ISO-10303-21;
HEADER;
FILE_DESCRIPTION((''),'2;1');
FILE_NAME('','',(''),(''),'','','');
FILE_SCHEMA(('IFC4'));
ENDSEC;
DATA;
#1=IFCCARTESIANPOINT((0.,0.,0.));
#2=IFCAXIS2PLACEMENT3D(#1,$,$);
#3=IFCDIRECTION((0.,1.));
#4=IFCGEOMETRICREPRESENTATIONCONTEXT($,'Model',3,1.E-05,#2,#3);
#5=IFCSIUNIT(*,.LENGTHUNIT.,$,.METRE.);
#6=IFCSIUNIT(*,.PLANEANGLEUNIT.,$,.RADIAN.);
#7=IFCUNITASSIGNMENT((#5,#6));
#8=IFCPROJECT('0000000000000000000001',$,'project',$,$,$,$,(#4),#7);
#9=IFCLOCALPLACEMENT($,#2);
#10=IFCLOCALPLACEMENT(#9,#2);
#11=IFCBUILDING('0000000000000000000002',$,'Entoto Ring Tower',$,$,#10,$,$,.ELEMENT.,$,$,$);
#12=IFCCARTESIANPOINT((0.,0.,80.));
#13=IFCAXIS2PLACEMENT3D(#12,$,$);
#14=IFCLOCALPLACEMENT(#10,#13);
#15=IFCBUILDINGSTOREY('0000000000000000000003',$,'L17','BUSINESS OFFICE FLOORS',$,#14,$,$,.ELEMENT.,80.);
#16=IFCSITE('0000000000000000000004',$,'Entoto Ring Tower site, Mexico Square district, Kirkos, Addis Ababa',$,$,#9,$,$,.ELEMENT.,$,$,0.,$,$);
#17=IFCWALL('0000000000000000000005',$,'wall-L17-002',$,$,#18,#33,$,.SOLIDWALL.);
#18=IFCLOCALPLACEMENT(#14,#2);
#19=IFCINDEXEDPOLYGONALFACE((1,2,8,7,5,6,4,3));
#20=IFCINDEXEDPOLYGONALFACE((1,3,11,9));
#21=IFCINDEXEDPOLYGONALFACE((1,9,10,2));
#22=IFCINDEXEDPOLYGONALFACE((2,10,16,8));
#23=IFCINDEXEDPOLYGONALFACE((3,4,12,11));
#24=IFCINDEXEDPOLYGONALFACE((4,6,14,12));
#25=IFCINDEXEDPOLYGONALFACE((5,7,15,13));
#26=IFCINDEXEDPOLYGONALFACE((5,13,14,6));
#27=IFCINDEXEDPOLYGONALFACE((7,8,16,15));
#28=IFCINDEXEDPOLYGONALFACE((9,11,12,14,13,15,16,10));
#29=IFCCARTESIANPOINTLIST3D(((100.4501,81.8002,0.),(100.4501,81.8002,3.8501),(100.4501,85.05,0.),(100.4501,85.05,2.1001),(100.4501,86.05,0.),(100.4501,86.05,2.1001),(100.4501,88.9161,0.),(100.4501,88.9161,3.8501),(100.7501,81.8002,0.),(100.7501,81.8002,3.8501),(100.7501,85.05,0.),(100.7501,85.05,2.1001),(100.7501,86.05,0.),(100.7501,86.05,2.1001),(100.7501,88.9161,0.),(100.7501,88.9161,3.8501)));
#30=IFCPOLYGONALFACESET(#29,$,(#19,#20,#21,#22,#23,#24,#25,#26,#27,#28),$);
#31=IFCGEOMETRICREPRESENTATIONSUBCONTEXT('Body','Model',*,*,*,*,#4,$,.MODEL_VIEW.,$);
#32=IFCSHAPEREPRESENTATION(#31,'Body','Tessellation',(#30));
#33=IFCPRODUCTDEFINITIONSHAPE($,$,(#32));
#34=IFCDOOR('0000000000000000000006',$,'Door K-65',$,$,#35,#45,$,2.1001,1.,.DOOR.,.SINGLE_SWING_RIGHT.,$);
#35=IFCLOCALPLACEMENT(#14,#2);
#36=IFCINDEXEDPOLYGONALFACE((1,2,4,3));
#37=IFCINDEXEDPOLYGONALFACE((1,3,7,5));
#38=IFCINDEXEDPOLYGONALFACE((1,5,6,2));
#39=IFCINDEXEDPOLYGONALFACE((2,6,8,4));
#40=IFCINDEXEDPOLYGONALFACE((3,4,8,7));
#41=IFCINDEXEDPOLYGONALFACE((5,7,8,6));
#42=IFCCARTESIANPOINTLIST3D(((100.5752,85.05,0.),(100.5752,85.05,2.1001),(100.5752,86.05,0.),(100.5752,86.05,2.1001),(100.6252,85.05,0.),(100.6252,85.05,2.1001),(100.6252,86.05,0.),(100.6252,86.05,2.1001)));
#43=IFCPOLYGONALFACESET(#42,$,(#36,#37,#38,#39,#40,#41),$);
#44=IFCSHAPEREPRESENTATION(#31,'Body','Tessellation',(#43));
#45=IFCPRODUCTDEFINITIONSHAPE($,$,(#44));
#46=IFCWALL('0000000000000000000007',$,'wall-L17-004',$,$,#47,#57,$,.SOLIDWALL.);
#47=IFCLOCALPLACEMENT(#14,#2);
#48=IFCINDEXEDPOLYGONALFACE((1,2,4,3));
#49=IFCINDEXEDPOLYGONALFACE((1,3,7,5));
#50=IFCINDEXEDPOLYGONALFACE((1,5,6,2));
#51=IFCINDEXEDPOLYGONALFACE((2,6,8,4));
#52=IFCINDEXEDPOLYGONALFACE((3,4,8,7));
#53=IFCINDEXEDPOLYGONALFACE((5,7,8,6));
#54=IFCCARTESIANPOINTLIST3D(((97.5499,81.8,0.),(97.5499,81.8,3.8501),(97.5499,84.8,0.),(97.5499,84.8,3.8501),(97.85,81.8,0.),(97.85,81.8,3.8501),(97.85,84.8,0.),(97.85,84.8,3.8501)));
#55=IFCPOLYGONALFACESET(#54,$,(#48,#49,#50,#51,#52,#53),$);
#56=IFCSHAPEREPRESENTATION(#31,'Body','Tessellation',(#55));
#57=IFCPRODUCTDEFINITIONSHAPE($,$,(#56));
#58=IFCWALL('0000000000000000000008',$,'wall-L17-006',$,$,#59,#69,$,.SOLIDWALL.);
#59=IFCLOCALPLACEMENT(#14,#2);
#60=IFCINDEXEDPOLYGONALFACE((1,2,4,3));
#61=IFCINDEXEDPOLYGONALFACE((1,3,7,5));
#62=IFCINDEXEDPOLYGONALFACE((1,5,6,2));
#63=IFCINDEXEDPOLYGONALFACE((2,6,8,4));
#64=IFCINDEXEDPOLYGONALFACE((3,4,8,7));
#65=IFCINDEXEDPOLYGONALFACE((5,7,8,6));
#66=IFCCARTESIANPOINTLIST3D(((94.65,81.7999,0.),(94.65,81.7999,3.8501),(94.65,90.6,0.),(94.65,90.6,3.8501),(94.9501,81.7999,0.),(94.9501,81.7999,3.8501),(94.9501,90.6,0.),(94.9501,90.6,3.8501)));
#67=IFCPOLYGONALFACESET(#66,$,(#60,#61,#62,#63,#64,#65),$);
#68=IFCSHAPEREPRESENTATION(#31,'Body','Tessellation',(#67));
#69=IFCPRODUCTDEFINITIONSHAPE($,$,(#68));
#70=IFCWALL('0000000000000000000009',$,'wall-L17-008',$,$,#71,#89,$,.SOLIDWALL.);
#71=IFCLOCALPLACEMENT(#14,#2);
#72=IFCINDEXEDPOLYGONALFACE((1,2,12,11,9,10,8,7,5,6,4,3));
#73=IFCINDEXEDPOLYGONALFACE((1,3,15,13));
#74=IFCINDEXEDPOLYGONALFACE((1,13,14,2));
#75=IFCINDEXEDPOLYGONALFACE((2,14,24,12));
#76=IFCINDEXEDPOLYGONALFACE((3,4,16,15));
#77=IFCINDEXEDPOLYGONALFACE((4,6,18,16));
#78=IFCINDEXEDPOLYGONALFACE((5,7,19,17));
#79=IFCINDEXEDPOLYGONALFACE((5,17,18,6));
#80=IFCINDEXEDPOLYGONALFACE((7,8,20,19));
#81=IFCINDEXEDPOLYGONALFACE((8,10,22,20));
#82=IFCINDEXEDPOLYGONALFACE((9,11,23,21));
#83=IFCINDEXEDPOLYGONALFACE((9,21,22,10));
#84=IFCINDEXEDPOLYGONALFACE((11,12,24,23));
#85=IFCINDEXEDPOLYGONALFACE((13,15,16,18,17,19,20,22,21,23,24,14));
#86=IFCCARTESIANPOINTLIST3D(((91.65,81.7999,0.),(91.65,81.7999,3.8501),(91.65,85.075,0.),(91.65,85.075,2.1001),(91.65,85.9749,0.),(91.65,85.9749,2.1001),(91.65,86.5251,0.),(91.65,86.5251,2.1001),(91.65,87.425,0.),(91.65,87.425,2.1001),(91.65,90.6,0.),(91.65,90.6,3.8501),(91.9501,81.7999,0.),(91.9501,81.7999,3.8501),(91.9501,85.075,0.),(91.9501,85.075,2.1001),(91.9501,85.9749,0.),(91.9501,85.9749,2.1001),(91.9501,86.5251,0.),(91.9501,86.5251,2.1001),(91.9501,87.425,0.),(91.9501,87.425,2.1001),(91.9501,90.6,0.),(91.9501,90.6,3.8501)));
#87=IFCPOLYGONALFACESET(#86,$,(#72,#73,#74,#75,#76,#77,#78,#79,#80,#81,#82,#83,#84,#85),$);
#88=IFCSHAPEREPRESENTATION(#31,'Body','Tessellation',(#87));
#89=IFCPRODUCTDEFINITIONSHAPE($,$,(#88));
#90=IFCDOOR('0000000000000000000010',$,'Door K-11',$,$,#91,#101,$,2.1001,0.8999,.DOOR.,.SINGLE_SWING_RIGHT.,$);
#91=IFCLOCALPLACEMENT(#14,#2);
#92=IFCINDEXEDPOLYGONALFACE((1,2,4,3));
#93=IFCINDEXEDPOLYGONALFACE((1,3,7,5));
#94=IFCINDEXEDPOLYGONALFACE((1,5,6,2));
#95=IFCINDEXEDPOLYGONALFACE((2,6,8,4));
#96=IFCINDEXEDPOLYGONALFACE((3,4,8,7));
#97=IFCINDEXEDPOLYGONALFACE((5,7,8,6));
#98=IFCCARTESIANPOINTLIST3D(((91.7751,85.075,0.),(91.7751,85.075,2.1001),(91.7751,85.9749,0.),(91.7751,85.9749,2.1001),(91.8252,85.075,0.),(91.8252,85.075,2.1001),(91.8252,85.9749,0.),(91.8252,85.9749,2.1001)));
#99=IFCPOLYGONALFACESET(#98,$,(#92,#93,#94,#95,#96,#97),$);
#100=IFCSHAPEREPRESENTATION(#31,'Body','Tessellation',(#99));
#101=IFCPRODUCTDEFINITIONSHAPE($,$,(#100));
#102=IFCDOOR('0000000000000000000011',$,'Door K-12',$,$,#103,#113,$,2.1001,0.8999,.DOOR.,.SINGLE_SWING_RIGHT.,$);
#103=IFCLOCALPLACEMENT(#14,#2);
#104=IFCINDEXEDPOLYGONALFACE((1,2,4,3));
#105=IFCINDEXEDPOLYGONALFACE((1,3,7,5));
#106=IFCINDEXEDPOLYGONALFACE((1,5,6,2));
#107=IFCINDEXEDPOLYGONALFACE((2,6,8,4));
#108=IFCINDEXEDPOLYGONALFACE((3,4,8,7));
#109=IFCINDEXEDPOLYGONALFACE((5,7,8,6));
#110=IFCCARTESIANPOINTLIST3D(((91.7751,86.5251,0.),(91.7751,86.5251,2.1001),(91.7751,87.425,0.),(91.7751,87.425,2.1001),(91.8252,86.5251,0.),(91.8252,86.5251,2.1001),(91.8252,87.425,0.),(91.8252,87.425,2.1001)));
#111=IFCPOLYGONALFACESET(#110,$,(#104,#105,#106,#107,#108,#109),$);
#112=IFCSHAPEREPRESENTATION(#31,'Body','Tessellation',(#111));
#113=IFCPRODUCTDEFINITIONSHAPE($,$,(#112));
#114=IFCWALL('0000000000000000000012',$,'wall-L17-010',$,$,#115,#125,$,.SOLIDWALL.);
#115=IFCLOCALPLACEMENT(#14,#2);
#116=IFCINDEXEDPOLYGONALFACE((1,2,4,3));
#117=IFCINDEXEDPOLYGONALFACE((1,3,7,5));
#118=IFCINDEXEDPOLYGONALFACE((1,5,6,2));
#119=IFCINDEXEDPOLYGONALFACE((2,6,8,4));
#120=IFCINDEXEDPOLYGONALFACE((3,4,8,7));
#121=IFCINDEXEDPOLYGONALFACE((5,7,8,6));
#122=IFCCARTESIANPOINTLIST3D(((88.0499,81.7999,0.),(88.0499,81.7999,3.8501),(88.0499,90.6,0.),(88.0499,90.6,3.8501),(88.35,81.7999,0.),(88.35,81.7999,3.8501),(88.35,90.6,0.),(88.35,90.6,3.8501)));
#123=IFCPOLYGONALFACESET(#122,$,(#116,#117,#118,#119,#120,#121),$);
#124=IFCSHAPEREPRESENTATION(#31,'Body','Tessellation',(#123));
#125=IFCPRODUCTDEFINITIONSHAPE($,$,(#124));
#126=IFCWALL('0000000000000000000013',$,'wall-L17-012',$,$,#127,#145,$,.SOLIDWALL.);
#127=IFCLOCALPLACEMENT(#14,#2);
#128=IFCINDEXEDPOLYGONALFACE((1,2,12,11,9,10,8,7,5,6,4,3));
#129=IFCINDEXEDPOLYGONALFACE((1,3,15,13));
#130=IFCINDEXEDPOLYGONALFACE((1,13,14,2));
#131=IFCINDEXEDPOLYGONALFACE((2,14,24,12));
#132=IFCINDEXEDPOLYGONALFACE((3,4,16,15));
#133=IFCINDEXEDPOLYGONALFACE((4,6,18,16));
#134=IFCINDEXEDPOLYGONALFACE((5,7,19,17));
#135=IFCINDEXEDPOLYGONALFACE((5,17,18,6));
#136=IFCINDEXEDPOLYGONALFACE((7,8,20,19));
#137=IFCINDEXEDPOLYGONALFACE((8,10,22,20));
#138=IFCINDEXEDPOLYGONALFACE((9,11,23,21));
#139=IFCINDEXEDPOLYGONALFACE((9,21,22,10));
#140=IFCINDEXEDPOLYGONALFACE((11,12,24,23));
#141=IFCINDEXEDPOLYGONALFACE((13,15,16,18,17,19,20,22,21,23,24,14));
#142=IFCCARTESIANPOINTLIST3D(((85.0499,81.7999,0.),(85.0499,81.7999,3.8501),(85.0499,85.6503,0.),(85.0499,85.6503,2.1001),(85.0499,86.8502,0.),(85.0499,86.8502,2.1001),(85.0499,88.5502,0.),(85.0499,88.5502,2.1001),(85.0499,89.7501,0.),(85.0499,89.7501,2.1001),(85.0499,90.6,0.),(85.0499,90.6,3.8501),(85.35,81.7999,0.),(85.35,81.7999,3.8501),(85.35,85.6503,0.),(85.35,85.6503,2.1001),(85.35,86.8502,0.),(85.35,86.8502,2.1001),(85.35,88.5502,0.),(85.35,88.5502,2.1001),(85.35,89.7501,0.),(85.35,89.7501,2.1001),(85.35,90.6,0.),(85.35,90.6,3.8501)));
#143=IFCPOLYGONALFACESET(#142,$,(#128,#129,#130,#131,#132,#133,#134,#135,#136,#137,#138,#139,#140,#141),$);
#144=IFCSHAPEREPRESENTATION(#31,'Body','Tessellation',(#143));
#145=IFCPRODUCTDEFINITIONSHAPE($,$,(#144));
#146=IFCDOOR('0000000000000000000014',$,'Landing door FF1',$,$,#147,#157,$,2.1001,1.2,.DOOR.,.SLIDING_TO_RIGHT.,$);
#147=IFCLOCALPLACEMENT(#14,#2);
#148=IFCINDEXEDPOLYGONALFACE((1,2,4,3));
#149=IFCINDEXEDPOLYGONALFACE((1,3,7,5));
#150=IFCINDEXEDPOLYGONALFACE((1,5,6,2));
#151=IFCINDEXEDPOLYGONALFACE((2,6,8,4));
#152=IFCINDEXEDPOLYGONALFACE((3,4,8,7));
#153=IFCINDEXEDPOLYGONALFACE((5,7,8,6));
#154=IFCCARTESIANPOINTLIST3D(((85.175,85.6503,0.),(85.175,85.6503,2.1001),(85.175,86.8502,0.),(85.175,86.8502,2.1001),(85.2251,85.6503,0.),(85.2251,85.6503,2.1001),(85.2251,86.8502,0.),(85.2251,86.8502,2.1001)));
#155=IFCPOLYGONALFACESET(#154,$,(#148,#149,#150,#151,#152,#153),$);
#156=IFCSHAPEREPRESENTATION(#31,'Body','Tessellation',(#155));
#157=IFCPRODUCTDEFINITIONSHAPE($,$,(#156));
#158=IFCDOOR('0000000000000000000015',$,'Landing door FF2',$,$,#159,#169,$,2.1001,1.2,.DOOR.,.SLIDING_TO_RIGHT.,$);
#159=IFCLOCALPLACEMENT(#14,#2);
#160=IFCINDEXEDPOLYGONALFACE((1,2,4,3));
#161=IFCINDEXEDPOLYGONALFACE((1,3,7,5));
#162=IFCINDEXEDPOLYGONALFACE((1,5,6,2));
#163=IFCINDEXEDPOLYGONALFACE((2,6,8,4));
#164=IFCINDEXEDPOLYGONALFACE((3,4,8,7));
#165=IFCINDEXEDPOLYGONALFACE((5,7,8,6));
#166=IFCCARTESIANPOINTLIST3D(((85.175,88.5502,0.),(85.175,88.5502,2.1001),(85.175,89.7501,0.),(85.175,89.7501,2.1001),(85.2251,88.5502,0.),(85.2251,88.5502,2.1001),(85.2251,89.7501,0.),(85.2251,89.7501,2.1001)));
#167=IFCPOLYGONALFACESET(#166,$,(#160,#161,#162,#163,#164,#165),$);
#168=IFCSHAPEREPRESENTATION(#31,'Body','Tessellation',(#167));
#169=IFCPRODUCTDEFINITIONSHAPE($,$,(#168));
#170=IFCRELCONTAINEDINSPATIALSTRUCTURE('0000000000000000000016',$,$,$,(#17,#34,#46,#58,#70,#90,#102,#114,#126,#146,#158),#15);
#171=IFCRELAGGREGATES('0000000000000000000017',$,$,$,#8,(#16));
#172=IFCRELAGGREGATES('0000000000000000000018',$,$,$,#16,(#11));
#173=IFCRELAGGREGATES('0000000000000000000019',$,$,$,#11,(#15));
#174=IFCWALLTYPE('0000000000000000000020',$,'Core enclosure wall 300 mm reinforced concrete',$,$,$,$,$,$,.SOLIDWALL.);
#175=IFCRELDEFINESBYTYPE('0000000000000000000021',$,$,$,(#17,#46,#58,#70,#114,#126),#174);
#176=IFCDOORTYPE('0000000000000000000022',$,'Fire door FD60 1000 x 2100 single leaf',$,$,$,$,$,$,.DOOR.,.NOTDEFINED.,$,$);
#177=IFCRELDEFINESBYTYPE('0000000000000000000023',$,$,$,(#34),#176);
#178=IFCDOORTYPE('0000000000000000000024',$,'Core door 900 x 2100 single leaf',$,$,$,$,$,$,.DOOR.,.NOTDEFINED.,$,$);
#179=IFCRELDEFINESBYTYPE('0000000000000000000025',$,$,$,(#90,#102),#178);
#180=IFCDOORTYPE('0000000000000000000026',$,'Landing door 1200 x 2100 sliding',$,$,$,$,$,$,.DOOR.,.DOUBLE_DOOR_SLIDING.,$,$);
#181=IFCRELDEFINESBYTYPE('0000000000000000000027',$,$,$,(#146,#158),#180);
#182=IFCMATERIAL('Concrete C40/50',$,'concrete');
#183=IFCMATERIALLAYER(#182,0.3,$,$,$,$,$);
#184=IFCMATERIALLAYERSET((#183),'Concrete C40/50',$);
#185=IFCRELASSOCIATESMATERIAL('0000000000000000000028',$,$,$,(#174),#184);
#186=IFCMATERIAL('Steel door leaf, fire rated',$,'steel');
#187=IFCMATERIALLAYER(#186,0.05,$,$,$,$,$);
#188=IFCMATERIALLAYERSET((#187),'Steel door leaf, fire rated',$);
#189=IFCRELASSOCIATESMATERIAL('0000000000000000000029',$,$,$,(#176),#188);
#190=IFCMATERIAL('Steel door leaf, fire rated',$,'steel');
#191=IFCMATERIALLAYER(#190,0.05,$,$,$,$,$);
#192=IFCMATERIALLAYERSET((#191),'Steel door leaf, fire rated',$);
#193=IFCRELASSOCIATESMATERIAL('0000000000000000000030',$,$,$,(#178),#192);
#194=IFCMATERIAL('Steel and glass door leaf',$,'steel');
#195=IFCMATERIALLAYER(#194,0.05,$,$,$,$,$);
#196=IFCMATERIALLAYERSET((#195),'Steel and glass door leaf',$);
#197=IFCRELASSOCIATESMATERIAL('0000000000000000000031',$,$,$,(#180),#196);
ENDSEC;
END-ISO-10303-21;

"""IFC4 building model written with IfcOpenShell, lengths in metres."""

from ifc_helpers import new_model, si_unit, direction, frame, frame_2d, origin, place, context, subcontext, project, spatial, rectangle, extrude, material, layer, layer_set, type_object, element, fill, save


model = new_model("IFC4")

# Units and contexts
model_context = context("Model", 3, precision=1e-05, world=origin(), true_north=direction((0.0, 1.0)))
body_context = subcontext(model_context, "Body", "Model", "MODEL_VIEW")
ifc_project = project(units=[si_unit("LENGTHUNIT", "METRE"), si_unit("PLANEANGLEUNIT", "RADIAN")], contexts=[model_context])

# Site, building, storey
site_placement = place(None, origin())
site = spatial("IfcSite", under=ifc_project, at=site_placement, Name="Entoto Ring Tower site, Mexico Square district, Kirkos, Addis Ababa", CompositionType="ELEMENT", RefElevation=0.0)
building_placement = place(site_placement, origin())
building = spatial("IfcBuilding", under=site, at=building_placement, Name="Entoto Ring Tower", CompositionType="ELEMENT")
storey_placement = place(building_placement, frame((0.0, 0.0, 80.0)))
storey = spatial("IfcBuildingStorey", under=building, at=storey_placement, Name="L17", Description="BUSINESS OFFICE FLOORS", CompositionType="ELEMENT", Elevation=80.0)

# Wall, opening, door
ifc_material_1 = material(Name="Concrete C40/50", Category="concrete")
ifc_layer_1 = layer(ifc_material_1, 0.3)
ifc_layer_set_1 = layer_set([ifc_layer_1], Name="Concrete C40/50")
wall_type = type_object("IfcWallType", Name="Core enclosure wall 300 mm reinforced concrete", PredefinedType="SOLIDWALL", material=ifc_layer_set_1)
wall_1_placement = place(storey_placement, frame((100.6001, 81.8, 0.0), z_axis=(0.0, 0.0, 1.0), x_axis=(0.0, 1.0, 0.0)))
wall_1 = element("IfcWall", 1, at=wall_1_placement, inside=storey, type_object=wall_type, Name="wall-L17-002", PredefinedType="SOLIDWALL", context=body_context, shape_type="SweptSolid", body=[
    extrude(rectangle(XDim=7.116, YDim=0.3, at=frame_2d((3.5581, 0.0))), origin(), (0.0, 0.0, 1.0), 3.8501),
])
opening_1_placement = place(wall_1_placement, frame((3.25, 0.0, 0.0)))
opening_1 = element("IfcOpeningElement", 2, at=opening_1_placement, cuts=wall_1, PredefinedType="OPENING", context=body_context, shape_type="SweptSolid", body=[
    extrude(rectangle(XDim=1.0, YDim=2.1001, at=frame_2d((0.5, 1.05))), frame((0.0, 0.1602, 0.0), z_axis=(0.0, -1.0, 0.0), x_axis=(1.0, 0.0, 0.0)), (0.0, 0.0, 1.0), 0.3201),
])
ifc_material_2 = material(Name="Steel door leaf, fire rated", Category="steel")
ifc_layer_2 = layer(ifc_material_2, 0.05)
ifc_layer_set_2 = layer_set([ifc_layer_2], Name="Steel door leaf, fire rated")
door_type_1 = type_object("IfcDoorType", Name="Fire door FD60 1000 x 2100 single leaf", OperationType="NOTDEFINED", PredefinedType="DOOR", material=ifc_layer_set_2)
door_1_placement = place(opening_1_placement, origin())
door_1 = element("IfcDoor", 3, at=door_1_placement, inside=storey, type_object=door_type_1, Name="Door K-65", OperationType="SINGLE_SWING_RIGHT", OverallHeight=2.1001, OverallWidth=1.0, PredefinedType="DOOR", context=body_context, shape_type="SweptSolid", body=[
    extrude(rectangle(XDim=1.0, YDim=2.1001, at=frame_2d((0.5, 1.05))), frame((0.0, 0.0249, 0.0), z_axis=(0.0, -1.0, 0.0), x_axis=(1.0, 0.0, 0.0)), (0.0, 0.0, 1.0), 0.05),
])
fill(opening_1, door_1)

# Walls
wall_2_placement = place(storey_placement, frame((97.7, 81.8, 0.0), z_axis=(0.0, 0.0, 1.0), x_axis=(0.0, 1.0, 0.0)))
element("IfcWall", 4, at=wall_2_placement, inside=storey, type_object=wall_type, Name="wall-L17-004", PredefinedType="SOLIDWALL", context=body_context, shape_type="SweptSolid", body=[
    extrude(rectangle(XDim=3.0, YDim=0.3, at=frame_2d((1.5, 0.0))), origin(), (0.0, 0.0, 1.0), 3.8501),
])
wall_3_placement = place(storey_placement, frame((94.8, 81.8, 0.0), z_axis=(0.0, 0.0, 1.0), x_axis=(0.0, 1.0, 0.0)))
element("IfcWall", 5, at=wall_3_placement, inside=storey, type_object=wall_type, Name="wall-L17-006", PredefinedType="SOLIDWALL", context=body_context, shape_type="SweptSolid", body=[
    extrude(rectangle(XDim=8.8, YDim=0.3, at=frame_2d((4.3999, 0.0))), origin(), (0.0, 0.0, 1.0), 3.8501),
])

# Wall, openings, doors
wall_4_placement = place(storey_placement, frame((91.8, 81.8, 0.0), z_axis=(0.0, 0.0, 1.0), x_axis=(0.0, 1.0, 0.0)))
wall_4 = element("IfcWall", 6, at=wall_4_placement, inside=storey, type_object=wall_type, Name="wall-L17-008", PredefinedType="SOLIDWALL", context=body_context, shape_type="SweptSolid", body=[
    extrude(rectangle(XDim=8.8, YDim=0.3, at=frame_2d((4.3999, 0.0))), origin(), (0.0, 0.0, 1.0), 3.8501),
])
opening_2_placement = place(wall_4_placement, frame((3.2749, 0.0, 0.0)))
opening_2 = element("IfcOpeningElement", 7, at=opening_2_placement, cuts=wall_4, PredefinedType="OPENING", context=body_context, shape_type="SweptSolid", body=[
    extrude(rectangle(XDim=0.8999, YDim=2.1001, at=frame_2d((0.45, 1.05))), frame((0.0, 0.1602, 0.0), z_axis=(0.0, -1.0, 0.0), x_axis=(1.0, 0.0, 0.0)), (0.0, 0.0, 1.0), 0.3201),
])
opening_3_placement = place(wall_4_placement, frame((4.7251, 0.0, 0.0)))
opening_3 = element("IfcOpeningElement", 8, at=opening_3_placement, cuts=wall_4, PredefinedType="OPENING", context=body_context, shape_type="SweptSolid", body=[
    extrude(rectangle(XDim=0.8999, YDim=2.1001, at=frame_2d((0.45, 1.05))), frame((0.0, 0.1602, 0.0), z_axis=(0.0, -1.0, 0.0), x_axis=(1.0, 0.0, 0.0)), (0.0, 0.0, 1.0), 0.3201),
])
ifc_material_3 = material(Name="Steel door leaf, fire rated", Category="steel")
ifc_layer_3 = layer(ifc_material_3, 0.05)
ifc_layer_set_3 = layer_set([ifc_layer_3], Name="Steel door leaf, fire rated")
door_type_2 = type_object("IfcDoorType", Name="Core door 900 x 2100 single leaf", OperationType="NOTDEFINED", PredefinedType="DOOR", material=ifc_layer_set_3)
door_2_placement = place(opening_2_placement, origin())
door_2 = element("IfcDoor", 9, at=door_2_placement, inside=storey, type_object=door_type_2, Name="Door K-11", OperationType="SINGLE_SWING_RIGHT", OverallHeight=2.1001, OverallWidth=0.8999, PredefinedType="DOOR", context=body_context, shape_type="SweptSolid", body=[
    extrude(rectangle(XDim=0.8999, YDim=2.1001, at=frame_2d((0.45, 1.05))), frame((0.0, 0.0249, 0.0), z_axis=(0.0, -1.0, 0.0), x_axis=(1.0, 0.0, 0.0)), (0.0, 0.0, 1.0), 0.05),
])
fill(opening_2, door_2)
door_3_placement = place(opening_3_placement, origin())
door_3 = element("IfcDoor", 10, at=door_3_placement, inside=storey, type_object=door_type_2, Name="Door K-12", OperationType="SINGLE_SWING_RIGHT", OverallHeight=2.1001, OverallWidth=0.8999, PredefinedType="DOOR", context=body_context, shape_type="SweptSolid", body=[
    extrude(rectangle(XDim=0.8999, YDim=2.1001, at=frame_2d((0.45, 1.05))), frame((0.0, 0.0249, 0.0), z_axis=(0.0, -1.0, 0.0), x_axis=(1.0, 0.0, 0.0)), (0.0, 0.0, 1.0), 0.05),
])
fill(opening_3, door_3)

# Wall
wall_5_placement = place(storey_placement, frame((88.2, 81.8, 0.0), z_axis=(0.0, 0.0, 1.0), x_axis=(0.0, 1.0, 0.0)))
element("IfcWall", 11, at=wall_5_placement, inside=storey, type_object=wall_type, Name="wall-L17-010", PredefinedType="SOLIDWALL", context=body_context, shape_type="SweptSolid", body=[
    extrude(rectangle(XDim=8.8, YDim=0.3, at=frame_2d((4.3999, 0.0))), origin(), (0.0, 0.0, 1.0), 3.8501),
])

# Wall, openings, doors
wall_6_placement = place(storey_placement, frame((85.2, 81.8, 0.0), z_axis=(0.0, 0.0, 1.0), x_axis=(0.0, 1.0, 0.0)))
wall_6 = element("IfcWall", 12, at=wall_6_placement, inside=storey, type_object=wall_type, Name="wall-L17-012", PredefinedType="SOLIDWALL", context=body_context, shape_type="SweptSolid", body=[
    extrude(rectangle(XDim=8.8, YDim=0.3, at=frame_2d((4.3999, 0.0))), origin(), (0.0, 0.0, 1.0), 3.8501),
])
opening_4_placement = place(wall_6_placement, frame((3.8501, 0.0, 0.0)))
opening_4 = element("IfcOpeningElement", 13, at=opening_4_placement, cuts=wall_6, PredefinedType="OPENING", context=body_context, shape_type="SweptSolid", body=[
    extrude(rectangle(XDim=1.2, YDim=2.1001, at=frame_2d((0.6001, 1.05))), frame((0.0, 0.1602, 0.0), z_axis=(0.0, -1.0, 0.0), x_axis=(1.0, 0.0, 0.0)), (0.0, 0.0, 1.0), 0.3201),
])
opening_5_placement = place(wall_6_placement, frame((6.75, 0.0, 0.0)))
opening_5 = element("IfcOpeningElement", 14, at=opening_5_placement, cuts=wall_6, PredefinedType="OPENING", context=body_context, shape_type="SweptSolid", body=[
    extrude(rectangle(XDim=1.2, YDim=2.1001, at=frame_2d((0.6001, 1.05))), frame((0.0, 0.1602, 0.0), z_axis=(0.0, -1.0, 0.0), x_axis=(1.0, 0.0, 0.0)), (0.0, 0.0, 1.0), 0.3201),
])
ifc_material_4 = material(Name="Steel and glass door leaf", Category="steel")
ifc_layer_4 = layer(ifc_material_4, 0.05)
ifc_layer_set_4 = layer_set([ifc_layer_4], Name="Steel and glass door leaf")
door_type_3 = type_object("IfcDoorType", Name="Landing door 1200 x 2100 sliding", OperationType="DOUBLE_DOOR_SLIDING", PredefinedType="DOOR", material=ifc_layer_set_4)
door_4_placement = place(opening_4_placement, origin())
door_4 = element("IfcDoor", 15, at=door_4_placement, inside=storey, type_object=door_type_3, Name="Landing door FF1", OperationType="SLIDING_TO_RIGHT", OverallHeight=2.1001, OverallWidth=1.2, PredefinedType="DOOR", context=body_context, shape_type="SweptSolid", body=[
    extrude(rectangle(XDim=1.2, YDim=2.1001, at=frame_2d((0.6001, 1.05))), frame((0.0, 0.0249, 0.0), z_axis=(0.0, -1.0, 0.0), x_axis=(1.0, 0.0, 0.0)), (0.0, 0.0, 1.0), 0.05),
])
fill(opening_4, door_4)
door_5_placement = place(opening_5_placement, origin())
door_5 = element("IfcDoor", 16, at=door_5_placement, inside=storey, type_object=door_type_3, Name="Landing door FF2", OperationType="SLIDING_TO_RIGHT", OverallHeight=2.1001, OverallWidth=1.2, PredefinedType="DOOR", context=body_context, shape_type="SweptSolid", body=[
    extrude(rectangle(XDim=1.2, YDim=2.1001, at=frame_2d((0.6001, 1.05))), frame((0.0, 0.0249, 0.0), z_axis=(0.0, -1.0, 0.0), x_axis=(1.0, 0.0, 0.0)), (0.0, 0.0, 1.0), 0.05),
])
fill(opening_5, door_5)

save(model, "model.ifc")
